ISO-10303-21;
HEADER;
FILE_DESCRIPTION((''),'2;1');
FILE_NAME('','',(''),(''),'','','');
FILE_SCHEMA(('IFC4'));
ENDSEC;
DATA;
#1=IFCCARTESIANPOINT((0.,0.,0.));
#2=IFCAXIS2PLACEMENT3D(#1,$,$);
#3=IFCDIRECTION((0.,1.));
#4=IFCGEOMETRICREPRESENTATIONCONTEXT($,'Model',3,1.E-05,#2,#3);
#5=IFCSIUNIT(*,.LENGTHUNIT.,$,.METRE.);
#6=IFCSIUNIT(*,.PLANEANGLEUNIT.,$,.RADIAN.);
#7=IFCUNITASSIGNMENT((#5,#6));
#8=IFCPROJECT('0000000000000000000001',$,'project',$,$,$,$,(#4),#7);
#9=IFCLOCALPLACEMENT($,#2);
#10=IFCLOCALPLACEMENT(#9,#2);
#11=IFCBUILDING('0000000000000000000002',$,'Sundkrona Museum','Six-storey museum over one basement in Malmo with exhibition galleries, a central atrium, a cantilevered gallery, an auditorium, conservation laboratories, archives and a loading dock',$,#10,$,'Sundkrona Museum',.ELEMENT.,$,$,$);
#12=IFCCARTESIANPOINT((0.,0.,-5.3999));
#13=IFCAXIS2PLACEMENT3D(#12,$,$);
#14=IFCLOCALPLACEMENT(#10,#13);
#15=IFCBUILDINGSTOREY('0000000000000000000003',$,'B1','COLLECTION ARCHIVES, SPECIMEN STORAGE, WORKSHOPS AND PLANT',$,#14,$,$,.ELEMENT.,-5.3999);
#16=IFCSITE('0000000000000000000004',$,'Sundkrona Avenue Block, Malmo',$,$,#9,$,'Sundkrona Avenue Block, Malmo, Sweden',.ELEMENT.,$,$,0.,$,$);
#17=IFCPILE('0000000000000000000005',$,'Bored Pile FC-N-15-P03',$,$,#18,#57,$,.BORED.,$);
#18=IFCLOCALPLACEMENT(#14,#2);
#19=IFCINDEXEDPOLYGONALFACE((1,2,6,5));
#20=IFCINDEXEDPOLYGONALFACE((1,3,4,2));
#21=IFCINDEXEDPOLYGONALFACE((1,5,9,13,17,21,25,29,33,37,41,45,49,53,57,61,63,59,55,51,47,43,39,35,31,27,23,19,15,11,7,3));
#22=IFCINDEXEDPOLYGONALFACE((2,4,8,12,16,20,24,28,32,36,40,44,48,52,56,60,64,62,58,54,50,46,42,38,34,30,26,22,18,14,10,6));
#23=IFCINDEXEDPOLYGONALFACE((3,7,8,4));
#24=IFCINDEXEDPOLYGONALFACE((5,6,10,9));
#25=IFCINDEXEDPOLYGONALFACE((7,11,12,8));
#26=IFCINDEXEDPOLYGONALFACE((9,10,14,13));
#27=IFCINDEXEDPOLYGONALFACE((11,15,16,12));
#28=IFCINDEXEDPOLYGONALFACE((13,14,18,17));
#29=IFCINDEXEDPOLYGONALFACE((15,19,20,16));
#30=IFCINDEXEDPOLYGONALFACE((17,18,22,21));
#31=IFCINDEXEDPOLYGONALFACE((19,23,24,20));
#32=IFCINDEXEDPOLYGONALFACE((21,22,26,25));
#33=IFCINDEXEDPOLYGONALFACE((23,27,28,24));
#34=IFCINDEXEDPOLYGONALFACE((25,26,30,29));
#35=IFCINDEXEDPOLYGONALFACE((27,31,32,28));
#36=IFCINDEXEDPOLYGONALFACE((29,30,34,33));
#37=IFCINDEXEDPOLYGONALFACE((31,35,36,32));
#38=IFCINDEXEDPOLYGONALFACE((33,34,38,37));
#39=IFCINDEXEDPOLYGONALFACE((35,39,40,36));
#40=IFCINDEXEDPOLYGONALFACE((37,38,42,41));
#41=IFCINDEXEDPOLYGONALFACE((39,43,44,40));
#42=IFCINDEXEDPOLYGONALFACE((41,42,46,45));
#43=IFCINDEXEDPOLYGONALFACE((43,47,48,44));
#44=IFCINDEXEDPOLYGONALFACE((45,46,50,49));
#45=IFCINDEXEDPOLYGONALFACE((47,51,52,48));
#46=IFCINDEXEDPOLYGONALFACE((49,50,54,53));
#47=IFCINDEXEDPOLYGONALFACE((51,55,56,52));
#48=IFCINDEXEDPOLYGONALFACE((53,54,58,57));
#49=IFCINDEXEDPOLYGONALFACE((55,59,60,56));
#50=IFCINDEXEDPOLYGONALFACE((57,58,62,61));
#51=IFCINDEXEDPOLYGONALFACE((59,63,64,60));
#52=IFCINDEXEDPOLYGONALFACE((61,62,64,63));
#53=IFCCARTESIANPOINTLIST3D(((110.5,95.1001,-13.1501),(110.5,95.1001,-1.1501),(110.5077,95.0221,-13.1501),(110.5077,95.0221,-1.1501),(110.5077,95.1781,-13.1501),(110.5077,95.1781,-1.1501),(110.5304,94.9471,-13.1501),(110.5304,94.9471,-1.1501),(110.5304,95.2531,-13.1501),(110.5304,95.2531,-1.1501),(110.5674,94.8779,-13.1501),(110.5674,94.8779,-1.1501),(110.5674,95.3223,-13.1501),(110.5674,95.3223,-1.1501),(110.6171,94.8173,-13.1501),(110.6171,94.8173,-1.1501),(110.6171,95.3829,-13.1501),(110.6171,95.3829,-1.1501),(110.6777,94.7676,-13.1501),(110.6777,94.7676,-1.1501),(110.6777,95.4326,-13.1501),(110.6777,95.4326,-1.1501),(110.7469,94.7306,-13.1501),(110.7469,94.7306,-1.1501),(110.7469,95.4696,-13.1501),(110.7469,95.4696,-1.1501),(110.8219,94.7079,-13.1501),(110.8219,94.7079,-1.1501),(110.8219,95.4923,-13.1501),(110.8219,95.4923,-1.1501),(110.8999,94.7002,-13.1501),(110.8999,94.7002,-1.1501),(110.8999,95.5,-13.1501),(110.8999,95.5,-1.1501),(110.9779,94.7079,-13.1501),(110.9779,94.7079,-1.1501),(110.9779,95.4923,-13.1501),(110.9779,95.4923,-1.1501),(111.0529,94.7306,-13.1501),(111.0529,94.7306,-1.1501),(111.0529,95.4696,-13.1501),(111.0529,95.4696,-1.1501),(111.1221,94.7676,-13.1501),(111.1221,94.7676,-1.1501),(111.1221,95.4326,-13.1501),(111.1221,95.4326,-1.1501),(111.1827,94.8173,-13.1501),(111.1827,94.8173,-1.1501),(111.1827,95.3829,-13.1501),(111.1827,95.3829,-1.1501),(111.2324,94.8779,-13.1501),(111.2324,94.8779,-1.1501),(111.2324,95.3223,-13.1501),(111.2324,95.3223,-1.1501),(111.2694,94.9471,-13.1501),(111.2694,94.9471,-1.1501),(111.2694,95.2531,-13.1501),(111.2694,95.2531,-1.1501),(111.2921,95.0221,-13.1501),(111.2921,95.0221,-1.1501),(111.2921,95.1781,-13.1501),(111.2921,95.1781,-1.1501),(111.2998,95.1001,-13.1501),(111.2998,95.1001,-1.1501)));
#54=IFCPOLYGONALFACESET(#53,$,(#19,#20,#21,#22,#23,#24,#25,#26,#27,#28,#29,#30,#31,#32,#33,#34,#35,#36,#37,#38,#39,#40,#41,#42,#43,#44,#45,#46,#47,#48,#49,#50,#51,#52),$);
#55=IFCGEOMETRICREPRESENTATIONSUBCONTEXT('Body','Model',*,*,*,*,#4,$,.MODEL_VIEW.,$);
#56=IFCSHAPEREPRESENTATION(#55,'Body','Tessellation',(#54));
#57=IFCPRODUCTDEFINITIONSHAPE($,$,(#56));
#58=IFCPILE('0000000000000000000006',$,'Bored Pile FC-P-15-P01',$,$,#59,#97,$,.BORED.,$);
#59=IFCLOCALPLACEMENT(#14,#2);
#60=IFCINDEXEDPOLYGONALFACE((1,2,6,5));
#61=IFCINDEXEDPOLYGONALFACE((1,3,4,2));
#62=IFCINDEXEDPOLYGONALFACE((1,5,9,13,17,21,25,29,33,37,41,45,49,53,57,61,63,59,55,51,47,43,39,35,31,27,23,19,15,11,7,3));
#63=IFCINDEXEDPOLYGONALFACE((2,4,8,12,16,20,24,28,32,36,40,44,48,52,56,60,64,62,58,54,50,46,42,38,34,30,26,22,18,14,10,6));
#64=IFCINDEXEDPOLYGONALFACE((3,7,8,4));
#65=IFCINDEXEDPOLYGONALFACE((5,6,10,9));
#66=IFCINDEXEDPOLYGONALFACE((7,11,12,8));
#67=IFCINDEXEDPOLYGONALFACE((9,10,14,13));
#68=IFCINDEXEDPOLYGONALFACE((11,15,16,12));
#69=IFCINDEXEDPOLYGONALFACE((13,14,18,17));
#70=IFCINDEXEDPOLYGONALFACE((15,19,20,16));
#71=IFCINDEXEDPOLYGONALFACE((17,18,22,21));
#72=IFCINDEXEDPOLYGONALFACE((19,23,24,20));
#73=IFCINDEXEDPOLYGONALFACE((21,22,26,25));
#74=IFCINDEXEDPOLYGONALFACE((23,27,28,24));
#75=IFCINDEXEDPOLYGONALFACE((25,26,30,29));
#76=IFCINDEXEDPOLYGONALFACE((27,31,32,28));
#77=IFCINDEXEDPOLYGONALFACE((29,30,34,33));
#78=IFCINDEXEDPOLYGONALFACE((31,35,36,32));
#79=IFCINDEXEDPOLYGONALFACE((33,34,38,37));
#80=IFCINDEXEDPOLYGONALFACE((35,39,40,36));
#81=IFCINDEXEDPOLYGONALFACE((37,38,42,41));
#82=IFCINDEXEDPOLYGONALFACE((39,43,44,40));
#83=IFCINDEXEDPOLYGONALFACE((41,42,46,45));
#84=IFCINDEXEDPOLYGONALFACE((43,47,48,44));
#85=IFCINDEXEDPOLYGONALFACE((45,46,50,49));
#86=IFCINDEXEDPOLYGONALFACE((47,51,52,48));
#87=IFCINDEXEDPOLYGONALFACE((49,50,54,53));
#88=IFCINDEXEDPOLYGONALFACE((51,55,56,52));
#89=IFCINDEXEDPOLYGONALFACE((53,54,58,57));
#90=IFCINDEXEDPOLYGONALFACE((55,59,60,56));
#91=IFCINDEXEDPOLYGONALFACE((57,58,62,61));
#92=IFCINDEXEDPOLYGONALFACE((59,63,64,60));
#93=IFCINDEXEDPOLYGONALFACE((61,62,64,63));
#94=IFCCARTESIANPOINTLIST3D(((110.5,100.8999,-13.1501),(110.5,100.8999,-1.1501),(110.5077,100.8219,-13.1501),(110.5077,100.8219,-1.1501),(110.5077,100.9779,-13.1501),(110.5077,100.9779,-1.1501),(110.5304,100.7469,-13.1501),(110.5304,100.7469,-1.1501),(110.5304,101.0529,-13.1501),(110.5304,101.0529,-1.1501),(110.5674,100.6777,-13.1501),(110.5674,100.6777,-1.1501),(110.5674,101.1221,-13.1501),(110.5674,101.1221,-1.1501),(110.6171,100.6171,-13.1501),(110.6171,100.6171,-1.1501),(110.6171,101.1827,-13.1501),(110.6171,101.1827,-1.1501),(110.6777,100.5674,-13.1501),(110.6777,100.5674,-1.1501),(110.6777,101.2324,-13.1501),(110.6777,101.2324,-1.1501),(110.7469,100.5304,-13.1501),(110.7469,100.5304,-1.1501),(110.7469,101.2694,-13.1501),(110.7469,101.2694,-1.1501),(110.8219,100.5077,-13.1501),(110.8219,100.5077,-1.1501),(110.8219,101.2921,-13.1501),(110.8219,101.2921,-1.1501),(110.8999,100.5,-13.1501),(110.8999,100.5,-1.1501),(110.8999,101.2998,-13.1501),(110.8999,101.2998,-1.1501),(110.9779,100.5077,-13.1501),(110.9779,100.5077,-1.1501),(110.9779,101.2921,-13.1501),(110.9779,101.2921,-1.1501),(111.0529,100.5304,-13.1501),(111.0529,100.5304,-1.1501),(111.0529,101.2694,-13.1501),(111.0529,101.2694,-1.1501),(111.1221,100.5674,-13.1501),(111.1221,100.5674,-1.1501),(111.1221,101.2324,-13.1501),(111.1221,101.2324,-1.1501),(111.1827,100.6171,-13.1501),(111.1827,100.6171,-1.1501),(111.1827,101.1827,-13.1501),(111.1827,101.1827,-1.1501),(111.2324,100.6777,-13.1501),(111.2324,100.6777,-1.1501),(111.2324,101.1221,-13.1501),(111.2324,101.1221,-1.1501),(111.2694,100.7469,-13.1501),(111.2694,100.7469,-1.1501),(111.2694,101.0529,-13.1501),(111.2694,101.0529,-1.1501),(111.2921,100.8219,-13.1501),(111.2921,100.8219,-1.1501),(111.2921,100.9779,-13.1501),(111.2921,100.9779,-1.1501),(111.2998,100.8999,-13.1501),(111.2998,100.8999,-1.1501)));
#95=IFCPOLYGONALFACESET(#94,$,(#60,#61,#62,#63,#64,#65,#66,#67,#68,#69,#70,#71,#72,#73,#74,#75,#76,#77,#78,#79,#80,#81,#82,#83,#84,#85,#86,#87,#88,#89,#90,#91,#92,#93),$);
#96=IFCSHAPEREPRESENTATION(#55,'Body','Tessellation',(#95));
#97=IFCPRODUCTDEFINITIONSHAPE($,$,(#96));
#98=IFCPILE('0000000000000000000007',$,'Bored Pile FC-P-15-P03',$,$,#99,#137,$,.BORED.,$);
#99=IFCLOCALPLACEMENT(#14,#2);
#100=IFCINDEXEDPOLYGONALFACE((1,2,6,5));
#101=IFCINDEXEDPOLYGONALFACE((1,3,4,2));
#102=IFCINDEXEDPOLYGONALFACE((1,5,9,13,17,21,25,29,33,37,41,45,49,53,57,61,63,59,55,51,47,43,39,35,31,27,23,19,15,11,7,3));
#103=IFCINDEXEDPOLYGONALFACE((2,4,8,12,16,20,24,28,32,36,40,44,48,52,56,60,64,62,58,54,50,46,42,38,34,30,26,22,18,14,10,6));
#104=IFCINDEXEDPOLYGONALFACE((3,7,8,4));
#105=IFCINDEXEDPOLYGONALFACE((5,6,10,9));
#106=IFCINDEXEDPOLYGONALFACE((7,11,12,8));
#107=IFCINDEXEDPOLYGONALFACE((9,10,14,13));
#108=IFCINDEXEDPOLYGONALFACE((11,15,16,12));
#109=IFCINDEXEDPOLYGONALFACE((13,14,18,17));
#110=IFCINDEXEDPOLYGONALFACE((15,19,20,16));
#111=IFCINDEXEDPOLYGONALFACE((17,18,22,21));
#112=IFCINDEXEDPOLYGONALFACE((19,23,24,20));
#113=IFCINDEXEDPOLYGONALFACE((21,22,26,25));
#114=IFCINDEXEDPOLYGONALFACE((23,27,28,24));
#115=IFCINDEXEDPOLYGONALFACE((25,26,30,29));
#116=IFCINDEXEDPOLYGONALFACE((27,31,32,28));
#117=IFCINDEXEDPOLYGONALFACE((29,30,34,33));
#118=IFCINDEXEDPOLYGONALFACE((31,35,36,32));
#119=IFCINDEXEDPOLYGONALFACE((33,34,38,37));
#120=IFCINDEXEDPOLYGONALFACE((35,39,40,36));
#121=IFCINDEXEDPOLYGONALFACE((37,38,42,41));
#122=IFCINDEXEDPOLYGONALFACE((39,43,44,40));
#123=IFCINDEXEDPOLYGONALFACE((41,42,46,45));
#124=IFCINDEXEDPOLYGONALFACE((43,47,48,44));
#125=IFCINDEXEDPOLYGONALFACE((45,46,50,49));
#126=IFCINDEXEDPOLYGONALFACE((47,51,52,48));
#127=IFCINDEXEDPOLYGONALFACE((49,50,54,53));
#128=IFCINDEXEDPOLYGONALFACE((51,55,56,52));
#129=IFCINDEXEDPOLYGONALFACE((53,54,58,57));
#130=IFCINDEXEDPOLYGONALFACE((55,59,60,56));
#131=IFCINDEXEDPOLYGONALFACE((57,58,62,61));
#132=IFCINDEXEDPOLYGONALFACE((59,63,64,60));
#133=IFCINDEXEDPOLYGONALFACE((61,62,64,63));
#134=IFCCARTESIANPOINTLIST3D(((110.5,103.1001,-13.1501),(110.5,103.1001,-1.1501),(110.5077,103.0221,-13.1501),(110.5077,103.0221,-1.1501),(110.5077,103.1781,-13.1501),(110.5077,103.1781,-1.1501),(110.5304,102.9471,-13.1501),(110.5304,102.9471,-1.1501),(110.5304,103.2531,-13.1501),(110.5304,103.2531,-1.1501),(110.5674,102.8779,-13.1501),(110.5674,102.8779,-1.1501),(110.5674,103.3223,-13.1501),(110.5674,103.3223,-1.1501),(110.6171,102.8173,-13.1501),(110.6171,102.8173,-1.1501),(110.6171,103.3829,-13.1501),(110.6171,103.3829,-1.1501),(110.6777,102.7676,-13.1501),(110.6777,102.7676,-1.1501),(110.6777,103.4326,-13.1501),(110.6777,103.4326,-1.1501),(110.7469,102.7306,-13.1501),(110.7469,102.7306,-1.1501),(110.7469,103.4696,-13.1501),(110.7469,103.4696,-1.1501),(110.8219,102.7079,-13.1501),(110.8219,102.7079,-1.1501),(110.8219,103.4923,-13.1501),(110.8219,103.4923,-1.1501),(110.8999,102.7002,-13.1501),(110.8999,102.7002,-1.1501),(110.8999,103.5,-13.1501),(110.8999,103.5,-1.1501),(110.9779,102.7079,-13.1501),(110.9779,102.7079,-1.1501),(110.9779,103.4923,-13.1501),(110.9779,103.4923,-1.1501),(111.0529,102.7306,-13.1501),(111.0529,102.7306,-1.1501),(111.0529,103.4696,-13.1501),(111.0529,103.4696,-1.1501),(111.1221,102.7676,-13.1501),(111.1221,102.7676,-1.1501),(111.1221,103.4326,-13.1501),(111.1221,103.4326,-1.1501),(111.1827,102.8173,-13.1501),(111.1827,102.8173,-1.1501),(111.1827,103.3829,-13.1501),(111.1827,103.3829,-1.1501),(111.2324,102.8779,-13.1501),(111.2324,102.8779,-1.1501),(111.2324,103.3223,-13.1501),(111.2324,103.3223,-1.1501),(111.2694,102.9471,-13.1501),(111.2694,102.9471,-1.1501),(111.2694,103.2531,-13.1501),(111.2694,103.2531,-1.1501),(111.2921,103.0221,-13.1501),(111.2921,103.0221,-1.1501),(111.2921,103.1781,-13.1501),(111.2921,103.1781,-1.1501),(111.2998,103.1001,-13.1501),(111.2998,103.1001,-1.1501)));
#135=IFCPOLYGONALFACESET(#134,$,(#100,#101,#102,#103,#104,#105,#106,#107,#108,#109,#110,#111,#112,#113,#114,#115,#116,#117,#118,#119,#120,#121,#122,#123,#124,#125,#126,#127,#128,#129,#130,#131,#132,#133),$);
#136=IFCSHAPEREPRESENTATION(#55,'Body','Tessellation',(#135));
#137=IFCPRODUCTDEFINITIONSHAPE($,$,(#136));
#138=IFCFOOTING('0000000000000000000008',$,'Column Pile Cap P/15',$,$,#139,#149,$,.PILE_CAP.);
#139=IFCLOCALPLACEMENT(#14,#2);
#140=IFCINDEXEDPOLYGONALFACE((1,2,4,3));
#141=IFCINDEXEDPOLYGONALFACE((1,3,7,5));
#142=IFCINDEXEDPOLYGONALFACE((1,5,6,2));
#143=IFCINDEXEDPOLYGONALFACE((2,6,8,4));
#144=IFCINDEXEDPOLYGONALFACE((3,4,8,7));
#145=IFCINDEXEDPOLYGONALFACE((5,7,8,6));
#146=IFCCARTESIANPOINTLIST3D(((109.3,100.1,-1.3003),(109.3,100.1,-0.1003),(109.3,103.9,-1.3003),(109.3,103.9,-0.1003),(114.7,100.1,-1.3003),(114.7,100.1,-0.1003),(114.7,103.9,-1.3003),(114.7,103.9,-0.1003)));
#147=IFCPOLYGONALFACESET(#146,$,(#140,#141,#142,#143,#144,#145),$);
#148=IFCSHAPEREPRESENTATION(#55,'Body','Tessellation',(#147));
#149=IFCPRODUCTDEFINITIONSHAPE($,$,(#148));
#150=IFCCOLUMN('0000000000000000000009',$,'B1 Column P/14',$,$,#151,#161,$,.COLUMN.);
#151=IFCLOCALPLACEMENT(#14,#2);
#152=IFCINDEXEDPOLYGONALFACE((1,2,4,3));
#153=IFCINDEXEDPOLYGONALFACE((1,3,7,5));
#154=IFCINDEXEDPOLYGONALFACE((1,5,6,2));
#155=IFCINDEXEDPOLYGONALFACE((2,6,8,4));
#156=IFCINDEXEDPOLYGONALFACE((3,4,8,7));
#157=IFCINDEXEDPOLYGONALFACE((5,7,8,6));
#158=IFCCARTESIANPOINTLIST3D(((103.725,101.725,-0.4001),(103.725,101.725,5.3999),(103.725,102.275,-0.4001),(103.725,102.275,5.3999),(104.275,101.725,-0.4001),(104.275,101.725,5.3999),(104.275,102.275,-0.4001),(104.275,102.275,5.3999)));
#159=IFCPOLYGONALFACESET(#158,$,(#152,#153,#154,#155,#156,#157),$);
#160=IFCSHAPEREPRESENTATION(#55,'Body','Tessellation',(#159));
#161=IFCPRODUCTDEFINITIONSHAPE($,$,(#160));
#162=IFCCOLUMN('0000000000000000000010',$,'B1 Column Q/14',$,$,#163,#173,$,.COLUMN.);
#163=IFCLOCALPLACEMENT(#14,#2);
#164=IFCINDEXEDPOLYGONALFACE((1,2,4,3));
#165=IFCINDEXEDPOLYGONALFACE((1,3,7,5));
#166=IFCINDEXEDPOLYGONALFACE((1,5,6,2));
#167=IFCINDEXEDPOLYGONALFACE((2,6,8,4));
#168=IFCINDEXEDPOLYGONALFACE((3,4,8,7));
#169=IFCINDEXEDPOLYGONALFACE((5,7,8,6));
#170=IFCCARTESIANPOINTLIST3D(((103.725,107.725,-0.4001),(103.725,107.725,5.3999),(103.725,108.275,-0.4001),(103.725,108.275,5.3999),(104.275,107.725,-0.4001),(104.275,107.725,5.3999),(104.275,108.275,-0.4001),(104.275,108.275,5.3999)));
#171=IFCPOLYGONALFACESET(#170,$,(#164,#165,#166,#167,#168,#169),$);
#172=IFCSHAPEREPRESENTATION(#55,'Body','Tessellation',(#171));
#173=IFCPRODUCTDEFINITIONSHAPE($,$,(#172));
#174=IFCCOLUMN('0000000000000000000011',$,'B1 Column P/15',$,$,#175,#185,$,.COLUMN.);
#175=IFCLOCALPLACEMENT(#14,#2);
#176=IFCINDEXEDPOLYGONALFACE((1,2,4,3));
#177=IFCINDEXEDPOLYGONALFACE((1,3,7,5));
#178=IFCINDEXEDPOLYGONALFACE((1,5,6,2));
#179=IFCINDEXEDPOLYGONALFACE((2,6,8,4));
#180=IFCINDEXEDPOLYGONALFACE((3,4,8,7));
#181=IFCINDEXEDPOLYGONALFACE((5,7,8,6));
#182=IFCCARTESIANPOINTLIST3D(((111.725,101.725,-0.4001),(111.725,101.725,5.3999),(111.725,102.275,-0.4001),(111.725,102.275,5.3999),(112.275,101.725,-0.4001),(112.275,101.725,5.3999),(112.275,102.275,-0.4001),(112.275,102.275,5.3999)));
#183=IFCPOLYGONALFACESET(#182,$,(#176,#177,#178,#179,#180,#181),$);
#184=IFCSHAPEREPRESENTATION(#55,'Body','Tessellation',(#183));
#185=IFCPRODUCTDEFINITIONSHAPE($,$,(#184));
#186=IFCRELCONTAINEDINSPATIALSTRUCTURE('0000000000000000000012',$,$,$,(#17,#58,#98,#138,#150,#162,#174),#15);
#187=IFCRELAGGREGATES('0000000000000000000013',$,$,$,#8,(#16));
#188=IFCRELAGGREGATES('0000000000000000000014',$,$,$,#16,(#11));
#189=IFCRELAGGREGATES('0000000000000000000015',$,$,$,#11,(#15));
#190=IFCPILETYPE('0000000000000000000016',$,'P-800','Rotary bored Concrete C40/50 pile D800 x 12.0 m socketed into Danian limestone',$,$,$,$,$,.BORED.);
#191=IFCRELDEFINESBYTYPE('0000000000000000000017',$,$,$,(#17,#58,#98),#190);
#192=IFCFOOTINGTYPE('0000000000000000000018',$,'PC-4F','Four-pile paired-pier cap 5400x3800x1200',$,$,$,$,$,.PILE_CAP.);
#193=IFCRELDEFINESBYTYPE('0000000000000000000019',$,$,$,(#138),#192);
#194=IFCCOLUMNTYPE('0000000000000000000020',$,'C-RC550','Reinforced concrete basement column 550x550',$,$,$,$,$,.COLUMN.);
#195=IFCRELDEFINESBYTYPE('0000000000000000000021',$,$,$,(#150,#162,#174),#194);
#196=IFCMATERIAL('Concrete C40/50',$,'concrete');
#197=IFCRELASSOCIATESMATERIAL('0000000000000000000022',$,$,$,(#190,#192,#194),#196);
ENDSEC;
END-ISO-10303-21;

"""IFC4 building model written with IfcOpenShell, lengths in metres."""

from ifc_helpers import new_model, si_unit, direction, frame, origin, origin_2d, place, context, subcontext, project, spatial, rectangle, circle, extrude, material, material_profile, profile_set, type_object, element, save


model = new_model("IFC4")

# Units and contexts
model_context = context("Model", 3, precision=1e-05, world=origin(), true_north=direction((0.0, 1.0)))
body_context = subcontext(model_context, "Body", "Model", "MODEL_VIEW")
ifc_project = project(units=[si_unit("LENGTHUNIT", "METRE"), si_unit("PLANEANGLEUNIT", "RADIAN")], contexts=[model_context])

# Site, building, storey
site_placement = place(None, origin())
site = spatial("IfcSite", under=ifc_project, at=site_placement, Name="Sundkrona Avenue Block, Malmo", LongName="Sundkrona Avenue Block, Malmo, Sweden", CompositionType="ELEMENT", RefElevation=0.0)
building_placement = place(site_placement, origin())
building = spatial("IfcBuilding", under=site, at=building_placement, Name="Sundkrona Museum", Description="Six-storey museum over one basement in Malmo with exhibition galleries, a central atrium, a cantilevered gallery, an auditorium, conservation laboratories, archives and a loading dock", LongName="Sundkrona Museum", CompositionType="ELEMENT")
storey_placement = place(building_placement, frame((0.0, 0.0, -5.3999)))
storey = spatial("IfcBuildingStorey", under=building, at=storey_placement, Name="B1", Description="COLLECTION ARCHIVES, SPECIMEN STORAGE, WORKSHOPS AND PLANT", CompositionType="ELEMENT", Elevation=-5.3999)

# Shared definitions
ifc_material_1 = material(Name="Concrete C40/50", Category="concrete")

# Piles
ifc_material_profile_1 = material_profile(ifc_material_1, circle(Radius=0.3999, at=origin_2d()), Name="PILE D800")
ifc_profile_set_1 = profile_set([ifc_material_profile_1], Name="Concrete C40/50")
pile_type = type_object("IfcPileType", Name="P-800", Description="Rotary bored Concrete C40/50 pile D800 x 12.0 m socketed into Danian limestone", PredefinedType="BORED", material=ifc_profile_set_1)
for number, where, z_axis, x_axis, name in (
    (1, (110.8999, 95.1001, -1.1501), (0.0, 0.0, -1.0), (1.0, 0.0, 0.0), "Bored Pile FC-N-15-P03"),
    (2, (110.8999, 100.8999, -1.1501), (0.0, 0.0, -1.0), (1.0, 0.0, 0.0), "Bored Pile FC-P-15-P01"),
    (3, (110.8999, 103.1001, -1.1501), (0.0, 0.0, -1.0), (1.0, 0.0, 0.0), "Bored Pile FC-P-15-P03"),
):
    element("IfcPile", number, at=place(storey_placement, frame(where, z_axis=z_axis, x_axis=x_axis)), inside=storey, type_object=pile_type, Name=name, PredefinedType="BORED", context=body_context, shape_type="SweptSolid", body=[
        extrude(circle(Radius=0.3999, at=origin_2d()), origin(), (0.0, 0.0, 1.0), 12.0),
    ])

# Footing
footing_type_1 = type_object("IfcFootingType", Name="PC-4F", Description="Four-pile paired-pier cap 5400x3800x1200", PredefinedType="PILE_CAP", material=ifc_material_1)
footing_1_placement = place(storey_placement, frame((112.0, 102.0, -1.3003), z_axis=(0.0, 0.0, 1.0), x_axis=(1.0, 0.0, 0.0)))
element("IfcFooting", 4, at=footing_1_placement, inside=storey, type_object=footing_type_1, Name="Column Pile Cap P/15", PredefinedType="PILE_CAP", context=body_context, shape_type="SweptSolid", body=[
    extrude(rectangle(XDim=5.3999, YDim=3.8, at=origin_2d()), origin(), (0.0, 0.0, 1.0), 1.2),
])

# Columns
ifc_material_profile_2 = material_profile(ifc_material_1, rectangle(XDim=0.55, YDim=0.55, at=origin_2d()), Name="RC 550x550")
ifc_profile_set_2 = profile_set([ifc_material_profile_2], Name="Concrete C40/50")
column_type = type_object("IfcColumnType", Name="C-RC550", Description="Reinforced concrete basement column 550x550", PredefinedType="COLUMN", material=ifc_profile_set_2)
for number, where, z_axis, x_axis, name in (
    (5, (104.0, 102.0, -0.4001), (0.0, 0.0, 1.0), (1.0, 0.0, 0.0), "B1 Column P/14"),
    (6, (104.0, 108.0, -0.4001), (0.0, 0.0, 1.0), (1.0, 0.0, 0.0), "B1 Column Q/14"),
    (7, (112.0, 102.0, -0.4001), (0.0, 0.0, 1.0), (1.0, 0.0, 0.0), "B1 Column P/15"),
):
    element("IfcColumn", number, at=place(storey_placement, frame(where, z_axis=z_axis, x_axis=x_axis)), inside=storey, type_object=column_type, Name=name, PredefinedType="COLUMN", context=body_context, shape_type="SweptSolid", body=[
        extrude(rectangle(XDim=0.55, YDim=0.55, at=origin_2d()), origin(), (0.0, 0.0, 1.0), 5.8),
    ])

save(model, "model.ifc")
